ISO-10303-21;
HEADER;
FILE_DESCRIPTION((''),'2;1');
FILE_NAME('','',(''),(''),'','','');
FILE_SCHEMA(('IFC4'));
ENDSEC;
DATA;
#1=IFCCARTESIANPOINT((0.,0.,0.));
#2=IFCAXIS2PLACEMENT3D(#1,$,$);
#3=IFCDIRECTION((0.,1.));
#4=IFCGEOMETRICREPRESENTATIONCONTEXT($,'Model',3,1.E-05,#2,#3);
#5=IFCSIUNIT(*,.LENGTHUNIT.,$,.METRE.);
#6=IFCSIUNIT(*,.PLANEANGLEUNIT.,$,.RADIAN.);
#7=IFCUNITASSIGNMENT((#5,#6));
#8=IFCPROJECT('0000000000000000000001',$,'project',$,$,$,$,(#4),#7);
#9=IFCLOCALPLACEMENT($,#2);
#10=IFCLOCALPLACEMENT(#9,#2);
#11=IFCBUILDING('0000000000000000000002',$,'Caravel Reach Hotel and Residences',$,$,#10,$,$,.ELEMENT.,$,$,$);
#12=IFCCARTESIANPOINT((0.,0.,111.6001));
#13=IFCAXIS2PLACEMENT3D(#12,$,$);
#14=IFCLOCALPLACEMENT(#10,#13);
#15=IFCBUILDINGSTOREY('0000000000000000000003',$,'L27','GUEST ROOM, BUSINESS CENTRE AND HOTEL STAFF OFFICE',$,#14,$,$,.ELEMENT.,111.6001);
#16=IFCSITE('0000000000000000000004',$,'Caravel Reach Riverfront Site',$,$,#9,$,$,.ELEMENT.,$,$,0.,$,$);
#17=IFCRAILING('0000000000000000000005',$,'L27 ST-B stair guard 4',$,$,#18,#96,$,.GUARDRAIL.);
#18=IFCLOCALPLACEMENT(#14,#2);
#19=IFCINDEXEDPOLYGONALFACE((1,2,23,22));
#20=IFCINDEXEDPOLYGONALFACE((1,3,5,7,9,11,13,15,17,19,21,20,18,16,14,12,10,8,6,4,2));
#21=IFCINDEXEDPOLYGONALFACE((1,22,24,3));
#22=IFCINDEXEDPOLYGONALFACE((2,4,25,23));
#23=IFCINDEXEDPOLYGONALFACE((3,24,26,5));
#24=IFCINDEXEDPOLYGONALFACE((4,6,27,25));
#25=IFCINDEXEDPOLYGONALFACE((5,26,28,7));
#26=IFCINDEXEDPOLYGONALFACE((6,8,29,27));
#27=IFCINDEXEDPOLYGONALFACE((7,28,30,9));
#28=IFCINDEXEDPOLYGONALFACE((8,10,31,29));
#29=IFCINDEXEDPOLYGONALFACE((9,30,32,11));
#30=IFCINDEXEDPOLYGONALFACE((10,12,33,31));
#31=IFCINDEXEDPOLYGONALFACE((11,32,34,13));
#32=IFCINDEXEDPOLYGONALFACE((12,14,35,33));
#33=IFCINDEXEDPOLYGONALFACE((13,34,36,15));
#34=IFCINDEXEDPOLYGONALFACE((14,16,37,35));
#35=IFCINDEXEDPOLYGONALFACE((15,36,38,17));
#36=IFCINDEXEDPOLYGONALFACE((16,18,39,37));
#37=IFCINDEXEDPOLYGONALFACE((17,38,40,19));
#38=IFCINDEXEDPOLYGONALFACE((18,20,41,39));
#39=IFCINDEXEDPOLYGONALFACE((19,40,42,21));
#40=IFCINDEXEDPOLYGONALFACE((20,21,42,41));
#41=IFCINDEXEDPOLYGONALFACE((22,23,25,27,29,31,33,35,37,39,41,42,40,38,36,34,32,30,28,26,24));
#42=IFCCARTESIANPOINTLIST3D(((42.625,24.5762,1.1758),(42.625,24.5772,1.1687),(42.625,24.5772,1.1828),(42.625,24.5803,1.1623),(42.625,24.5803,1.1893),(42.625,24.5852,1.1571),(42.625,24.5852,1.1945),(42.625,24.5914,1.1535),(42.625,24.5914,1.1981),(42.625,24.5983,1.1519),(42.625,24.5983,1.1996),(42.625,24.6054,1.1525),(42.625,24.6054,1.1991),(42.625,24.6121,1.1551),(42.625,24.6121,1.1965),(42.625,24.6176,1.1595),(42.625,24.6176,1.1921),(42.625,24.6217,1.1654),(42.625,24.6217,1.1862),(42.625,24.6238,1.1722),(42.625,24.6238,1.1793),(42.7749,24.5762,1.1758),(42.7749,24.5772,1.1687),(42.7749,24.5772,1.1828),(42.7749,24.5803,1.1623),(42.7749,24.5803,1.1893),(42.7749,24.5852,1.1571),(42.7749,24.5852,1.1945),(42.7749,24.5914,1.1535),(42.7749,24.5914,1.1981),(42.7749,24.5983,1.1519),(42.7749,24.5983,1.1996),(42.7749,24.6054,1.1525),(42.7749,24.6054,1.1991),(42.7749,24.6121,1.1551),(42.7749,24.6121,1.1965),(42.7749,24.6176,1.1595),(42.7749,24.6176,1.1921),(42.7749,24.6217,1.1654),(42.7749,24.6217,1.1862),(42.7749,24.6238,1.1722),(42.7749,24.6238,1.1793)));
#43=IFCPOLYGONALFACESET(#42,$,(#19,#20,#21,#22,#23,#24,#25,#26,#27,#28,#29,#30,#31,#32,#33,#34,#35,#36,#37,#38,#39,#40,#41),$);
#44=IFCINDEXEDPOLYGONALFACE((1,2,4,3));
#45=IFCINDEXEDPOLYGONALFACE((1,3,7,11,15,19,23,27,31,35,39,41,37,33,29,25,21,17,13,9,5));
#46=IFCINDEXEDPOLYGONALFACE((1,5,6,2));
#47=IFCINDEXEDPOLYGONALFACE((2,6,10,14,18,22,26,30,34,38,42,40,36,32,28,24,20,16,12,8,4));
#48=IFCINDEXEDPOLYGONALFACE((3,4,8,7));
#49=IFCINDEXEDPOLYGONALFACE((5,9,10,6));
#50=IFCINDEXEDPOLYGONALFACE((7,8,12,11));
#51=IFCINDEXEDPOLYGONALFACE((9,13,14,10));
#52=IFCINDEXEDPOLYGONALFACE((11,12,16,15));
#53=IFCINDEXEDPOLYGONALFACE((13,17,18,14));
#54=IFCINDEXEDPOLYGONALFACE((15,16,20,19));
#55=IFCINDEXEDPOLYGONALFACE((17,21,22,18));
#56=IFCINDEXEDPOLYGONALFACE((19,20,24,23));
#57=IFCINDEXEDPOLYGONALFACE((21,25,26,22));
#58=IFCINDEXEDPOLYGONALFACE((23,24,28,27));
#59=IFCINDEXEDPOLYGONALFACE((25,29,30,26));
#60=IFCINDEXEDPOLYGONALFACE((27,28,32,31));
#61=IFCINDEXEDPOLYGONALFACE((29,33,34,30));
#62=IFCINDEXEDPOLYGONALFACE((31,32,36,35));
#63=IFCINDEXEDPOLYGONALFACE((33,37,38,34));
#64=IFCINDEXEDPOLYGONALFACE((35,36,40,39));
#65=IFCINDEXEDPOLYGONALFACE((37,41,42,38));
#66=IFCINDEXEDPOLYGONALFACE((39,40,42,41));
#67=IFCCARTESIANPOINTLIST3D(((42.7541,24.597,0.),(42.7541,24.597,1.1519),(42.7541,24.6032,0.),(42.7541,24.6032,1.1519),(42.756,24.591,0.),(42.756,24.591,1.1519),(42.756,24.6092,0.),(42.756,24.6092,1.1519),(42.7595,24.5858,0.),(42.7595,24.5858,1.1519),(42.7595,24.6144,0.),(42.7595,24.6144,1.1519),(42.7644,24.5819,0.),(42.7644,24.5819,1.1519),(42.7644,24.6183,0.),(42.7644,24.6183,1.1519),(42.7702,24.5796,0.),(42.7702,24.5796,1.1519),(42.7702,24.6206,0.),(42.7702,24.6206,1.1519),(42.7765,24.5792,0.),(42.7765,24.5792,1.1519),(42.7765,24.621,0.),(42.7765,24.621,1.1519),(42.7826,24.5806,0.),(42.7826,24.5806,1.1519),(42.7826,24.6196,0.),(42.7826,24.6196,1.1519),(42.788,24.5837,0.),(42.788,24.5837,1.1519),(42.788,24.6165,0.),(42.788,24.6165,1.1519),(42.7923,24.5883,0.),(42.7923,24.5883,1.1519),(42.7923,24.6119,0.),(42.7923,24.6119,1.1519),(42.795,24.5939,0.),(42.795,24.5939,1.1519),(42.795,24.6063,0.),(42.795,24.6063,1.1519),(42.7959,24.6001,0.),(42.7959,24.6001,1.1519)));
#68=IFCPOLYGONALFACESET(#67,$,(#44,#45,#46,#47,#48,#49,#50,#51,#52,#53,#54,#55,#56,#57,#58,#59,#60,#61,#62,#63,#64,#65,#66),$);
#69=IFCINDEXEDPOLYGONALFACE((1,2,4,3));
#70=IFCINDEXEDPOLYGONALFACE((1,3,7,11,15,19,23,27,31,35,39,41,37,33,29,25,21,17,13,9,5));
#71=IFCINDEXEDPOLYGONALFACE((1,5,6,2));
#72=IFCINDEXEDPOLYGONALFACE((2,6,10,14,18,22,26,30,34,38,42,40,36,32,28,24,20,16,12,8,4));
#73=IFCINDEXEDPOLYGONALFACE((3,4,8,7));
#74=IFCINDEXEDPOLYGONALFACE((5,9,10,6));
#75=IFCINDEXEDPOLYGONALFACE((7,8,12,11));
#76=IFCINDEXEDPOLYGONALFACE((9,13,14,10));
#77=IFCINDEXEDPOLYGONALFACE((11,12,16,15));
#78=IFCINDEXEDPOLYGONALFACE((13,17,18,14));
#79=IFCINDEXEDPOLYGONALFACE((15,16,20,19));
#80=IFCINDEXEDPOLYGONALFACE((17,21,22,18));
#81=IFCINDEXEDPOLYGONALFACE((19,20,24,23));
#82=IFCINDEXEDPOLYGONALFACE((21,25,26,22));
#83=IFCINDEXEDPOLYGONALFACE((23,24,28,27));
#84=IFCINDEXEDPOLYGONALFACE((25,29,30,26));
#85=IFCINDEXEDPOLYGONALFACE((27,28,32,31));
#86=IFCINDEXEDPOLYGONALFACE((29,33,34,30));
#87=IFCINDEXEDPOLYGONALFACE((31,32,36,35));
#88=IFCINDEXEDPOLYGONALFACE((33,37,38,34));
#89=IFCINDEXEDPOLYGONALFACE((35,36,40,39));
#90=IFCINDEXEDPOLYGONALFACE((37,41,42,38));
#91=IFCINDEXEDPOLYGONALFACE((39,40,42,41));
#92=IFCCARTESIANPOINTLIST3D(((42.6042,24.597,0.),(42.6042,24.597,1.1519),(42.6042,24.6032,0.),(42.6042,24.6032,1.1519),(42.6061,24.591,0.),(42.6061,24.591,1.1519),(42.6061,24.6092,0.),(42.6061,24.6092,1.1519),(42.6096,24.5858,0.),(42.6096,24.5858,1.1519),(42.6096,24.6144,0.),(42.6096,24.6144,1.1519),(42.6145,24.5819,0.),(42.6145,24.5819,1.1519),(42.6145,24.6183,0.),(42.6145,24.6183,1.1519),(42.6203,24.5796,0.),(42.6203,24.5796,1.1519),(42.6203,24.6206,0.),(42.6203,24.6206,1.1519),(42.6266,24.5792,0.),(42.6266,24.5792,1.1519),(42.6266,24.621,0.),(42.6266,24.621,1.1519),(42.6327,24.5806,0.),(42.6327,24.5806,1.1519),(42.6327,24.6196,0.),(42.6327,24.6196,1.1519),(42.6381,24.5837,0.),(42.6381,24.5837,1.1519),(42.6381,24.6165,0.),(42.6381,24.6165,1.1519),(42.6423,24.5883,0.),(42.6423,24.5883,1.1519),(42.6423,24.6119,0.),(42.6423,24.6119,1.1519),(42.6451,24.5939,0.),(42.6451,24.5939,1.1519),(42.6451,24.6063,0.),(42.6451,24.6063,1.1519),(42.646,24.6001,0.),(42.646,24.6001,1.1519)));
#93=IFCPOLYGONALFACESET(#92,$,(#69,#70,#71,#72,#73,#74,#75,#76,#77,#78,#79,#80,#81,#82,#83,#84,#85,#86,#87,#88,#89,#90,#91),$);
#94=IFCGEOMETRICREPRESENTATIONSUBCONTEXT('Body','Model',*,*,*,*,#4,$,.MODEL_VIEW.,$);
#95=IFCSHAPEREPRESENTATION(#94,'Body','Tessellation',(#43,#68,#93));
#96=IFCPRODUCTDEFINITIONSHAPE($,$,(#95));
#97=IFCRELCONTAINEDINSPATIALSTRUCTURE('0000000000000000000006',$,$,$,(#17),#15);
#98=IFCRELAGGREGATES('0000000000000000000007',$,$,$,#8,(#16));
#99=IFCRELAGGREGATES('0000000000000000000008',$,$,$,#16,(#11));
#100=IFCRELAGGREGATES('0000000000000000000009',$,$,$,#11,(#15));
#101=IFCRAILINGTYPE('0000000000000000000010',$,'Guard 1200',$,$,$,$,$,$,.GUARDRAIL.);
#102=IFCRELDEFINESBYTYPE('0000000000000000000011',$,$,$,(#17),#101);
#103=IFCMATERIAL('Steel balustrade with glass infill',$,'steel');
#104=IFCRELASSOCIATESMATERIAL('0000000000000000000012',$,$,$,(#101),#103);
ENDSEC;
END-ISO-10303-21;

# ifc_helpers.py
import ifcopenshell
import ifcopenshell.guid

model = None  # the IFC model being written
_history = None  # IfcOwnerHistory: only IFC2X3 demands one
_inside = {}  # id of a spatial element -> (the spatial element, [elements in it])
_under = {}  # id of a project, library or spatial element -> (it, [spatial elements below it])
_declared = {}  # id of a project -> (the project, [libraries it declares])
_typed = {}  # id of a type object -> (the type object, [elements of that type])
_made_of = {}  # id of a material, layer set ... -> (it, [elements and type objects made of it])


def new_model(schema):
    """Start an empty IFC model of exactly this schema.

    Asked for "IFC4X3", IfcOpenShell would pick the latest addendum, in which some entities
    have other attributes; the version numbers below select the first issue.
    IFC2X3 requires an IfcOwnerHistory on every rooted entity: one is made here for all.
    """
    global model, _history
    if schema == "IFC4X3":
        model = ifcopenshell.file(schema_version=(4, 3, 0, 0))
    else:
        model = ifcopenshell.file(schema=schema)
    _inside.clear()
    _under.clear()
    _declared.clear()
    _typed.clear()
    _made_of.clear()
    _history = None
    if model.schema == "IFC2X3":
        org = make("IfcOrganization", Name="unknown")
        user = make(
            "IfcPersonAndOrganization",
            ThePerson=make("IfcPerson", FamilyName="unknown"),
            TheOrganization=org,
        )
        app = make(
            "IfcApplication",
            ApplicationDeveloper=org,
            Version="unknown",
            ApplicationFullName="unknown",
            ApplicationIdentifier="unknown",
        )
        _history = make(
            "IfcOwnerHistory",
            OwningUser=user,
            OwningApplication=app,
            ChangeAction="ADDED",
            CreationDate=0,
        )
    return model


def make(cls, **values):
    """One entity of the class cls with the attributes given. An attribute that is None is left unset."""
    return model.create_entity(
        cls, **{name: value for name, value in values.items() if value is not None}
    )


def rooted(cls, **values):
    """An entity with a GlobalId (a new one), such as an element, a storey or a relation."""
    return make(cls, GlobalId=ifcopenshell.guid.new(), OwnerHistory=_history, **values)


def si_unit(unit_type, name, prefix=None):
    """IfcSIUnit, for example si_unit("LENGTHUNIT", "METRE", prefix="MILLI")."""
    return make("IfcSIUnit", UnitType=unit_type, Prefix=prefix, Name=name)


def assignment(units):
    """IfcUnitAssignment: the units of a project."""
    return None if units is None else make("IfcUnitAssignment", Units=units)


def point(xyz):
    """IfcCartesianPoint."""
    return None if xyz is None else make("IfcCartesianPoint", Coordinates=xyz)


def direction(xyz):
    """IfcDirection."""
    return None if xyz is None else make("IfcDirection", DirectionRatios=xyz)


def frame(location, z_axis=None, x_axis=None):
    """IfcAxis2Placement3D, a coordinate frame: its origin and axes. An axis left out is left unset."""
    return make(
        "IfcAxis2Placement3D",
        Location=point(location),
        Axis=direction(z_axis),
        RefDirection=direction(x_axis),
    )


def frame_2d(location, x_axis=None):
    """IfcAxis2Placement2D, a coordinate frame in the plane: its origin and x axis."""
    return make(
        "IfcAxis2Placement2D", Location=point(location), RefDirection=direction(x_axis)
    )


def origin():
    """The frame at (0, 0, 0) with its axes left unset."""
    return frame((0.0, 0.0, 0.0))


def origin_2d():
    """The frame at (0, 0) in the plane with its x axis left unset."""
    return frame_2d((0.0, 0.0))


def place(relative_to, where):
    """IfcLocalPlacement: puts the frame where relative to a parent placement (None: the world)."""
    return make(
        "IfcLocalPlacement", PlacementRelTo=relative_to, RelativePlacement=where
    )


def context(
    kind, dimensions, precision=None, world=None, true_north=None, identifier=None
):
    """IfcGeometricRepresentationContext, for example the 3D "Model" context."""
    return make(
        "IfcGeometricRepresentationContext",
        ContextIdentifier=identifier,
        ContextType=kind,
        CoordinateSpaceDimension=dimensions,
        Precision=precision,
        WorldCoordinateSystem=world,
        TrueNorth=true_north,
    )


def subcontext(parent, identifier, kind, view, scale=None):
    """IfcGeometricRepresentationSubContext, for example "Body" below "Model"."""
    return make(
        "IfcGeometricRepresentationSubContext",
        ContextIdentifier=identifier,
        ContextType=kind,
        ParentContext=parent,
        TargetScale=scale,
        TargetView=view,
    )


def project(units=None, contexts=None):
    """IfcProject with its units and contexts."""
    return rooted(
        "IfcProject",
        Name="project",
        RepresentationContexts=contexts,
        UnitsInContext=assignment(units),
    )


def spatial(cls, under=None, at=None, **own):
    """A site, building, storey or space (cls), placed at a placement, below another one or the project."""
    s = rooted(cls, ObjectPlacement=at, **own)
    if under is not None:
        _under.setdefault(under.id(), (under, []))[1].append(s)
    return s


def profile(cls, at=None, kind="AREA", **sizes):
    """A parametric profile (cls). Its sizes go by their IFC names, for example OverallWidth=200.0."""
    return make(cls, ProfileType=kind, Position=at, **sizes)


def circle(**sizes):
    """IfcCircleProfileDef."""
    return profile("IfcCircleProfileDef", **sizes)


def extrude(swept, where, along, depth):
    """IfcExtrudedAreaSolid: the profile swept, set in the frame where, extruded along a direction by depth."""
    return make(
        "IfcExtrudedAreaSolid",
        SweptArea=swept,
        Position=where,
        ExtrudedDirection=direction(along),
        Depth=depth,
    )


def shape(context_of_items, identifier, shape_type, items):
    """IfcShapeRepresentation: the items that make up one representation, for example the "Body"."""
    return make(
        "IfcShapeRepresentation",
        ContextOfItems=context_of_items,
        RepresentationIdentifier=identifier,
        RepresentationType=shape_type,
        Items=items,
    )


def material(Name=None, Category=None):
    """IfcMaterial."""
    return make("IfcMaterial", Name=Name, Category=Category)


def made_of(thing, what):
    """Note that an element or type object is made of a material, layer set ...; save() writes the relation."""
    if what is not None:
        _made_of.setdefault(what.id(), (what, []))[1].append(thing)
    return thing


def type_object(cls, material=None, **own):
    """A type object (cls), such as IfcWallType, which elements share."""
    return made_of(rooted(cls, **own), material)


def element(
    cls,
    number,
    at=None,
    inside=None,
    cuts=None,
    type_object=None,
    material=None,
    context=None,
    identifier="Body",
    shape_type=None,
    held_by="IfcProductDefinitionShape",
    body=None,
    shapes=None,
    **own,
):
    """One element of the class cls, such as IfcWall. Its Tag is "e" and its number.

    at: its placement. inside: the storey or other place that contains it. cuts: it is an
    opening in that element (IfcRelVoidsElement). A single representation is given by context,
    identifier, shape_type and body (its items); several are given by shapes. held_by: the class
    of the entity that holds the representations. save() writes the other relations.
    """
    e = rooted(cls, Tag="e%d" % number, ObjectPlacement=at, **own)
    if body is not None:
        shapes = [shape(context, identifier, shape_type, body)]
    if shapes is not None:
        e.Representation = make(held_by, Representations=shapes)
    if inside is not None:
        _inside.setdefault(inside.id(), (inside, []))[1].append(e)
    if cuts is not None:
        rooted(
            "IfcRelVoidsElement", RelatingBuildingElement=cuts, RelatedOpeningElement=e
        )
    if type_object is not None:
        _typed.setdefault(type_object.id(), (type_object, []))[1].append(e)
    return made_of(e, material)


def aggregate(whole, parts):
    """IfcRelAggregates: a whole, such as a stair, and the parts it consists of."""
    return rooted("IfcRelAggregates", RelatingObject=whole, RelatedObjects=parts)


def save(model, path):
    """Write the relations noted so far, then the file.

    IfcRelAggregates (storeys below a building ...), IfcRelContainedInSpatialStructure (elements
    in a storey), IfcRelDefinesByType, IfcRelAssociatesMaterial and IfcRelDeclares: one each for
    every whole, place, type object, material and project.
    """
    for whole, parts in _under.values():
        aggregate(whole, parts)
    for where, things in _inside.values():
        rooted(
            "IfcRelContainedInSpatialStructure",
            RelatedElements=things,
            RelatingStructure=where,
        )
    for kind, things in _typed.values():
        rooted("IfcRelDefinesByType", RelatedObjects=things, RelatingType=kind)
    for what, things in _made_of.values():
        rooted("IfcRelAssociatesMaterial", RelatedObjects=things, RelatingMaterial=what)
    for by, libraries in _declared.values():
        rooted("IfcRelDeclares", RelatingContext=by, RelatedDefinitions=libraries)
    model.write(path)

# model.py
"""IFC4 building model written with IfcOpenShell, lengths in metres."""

from ifc_helpers import new_model, si_unit, direction, frame, origin, origin_2d, place, context, subcontext, project, spatial, circle, extrude, material, type_object, element, save


model = new_model("IFC4")

# Units and contexts
model_context = context("Model", 3, precision=1e-05, world=origin(), true_north=direction((0.0, 1.0)))
body_context = subcontext(model_context, "Body", "Model", "MODEL_VIEW")
ifc_project = project(units=[si_unit("LENGTHUNIT", "METRE"), si_unit("PLANEANGLEUNIT", "RADIAN")], contexts=[model_context])

# Site, building, storey
site_placement = place(None, origin())
site = spatial("IfcSite", under=ifc_project, at=site_placement, Name="Caravel Reach Riverfront Site", CompositionType="ELEMENT", RefElevation=0.0)
building_placement = place(site_placement, origin())
building = spatial("IfcBuilding", under=site, at=building_placement, Name="Caravel Reach Hotel and Residences", CompositionType="ELEMENT")
storey_placement = place(building_placement, frame((0.0, 0.0, 111.6001)))
storey = spatial("IfcBuildingStorey", under=building, at=storey_placement, Name="L27", Description="GUEST ROOM, BUSINESS CENTRE AND HOTEL STAFF OFFICE", CompositionType="ELEMENT", Elevation=111.6001)

# Railing
ifc_material_1 = material(Name="Steel balustrade with glass infill", Category="steel")
railing_type_1 = type_object("IfcRailingType", Name="Guard 1200", PredefinedType="GUARDRAIL", material=ifc_material_1)
railing_1_placement = place(storey_placement, frame((42.7749, 24.6001, 0.0)))
element("IfcRailing", 1, at=railing_1_placement, inside=storey, type_object=railing_type_1, Name="L27 ST-B stair guard 4", PredefinedType="GUARDRAIL", context=body_context, shape_type="SweptSolid", body=[
    extrude(circle(Radius=0.0239, at=origin_2d()), frame((0.0, 0.0, 1.1758), z_axis=(-1.0, 0.0, 0.0), x_axis=(0.0, -1.0, 0.0)), (0.0, 0.0, 1.0), 0.1499),
    extrude(circle(Radius=0.021, at=origin_2d()), origin(), (0.0, 0.0, 1.0), 1.1519),
    extrude(circle(Radius=0.021, at=origin_2d()), frame((-0.1499, 0.0, 0.0)), (0.0, 0.0, 1.0), 1.1519),
])

save(model, "model.ifc")
